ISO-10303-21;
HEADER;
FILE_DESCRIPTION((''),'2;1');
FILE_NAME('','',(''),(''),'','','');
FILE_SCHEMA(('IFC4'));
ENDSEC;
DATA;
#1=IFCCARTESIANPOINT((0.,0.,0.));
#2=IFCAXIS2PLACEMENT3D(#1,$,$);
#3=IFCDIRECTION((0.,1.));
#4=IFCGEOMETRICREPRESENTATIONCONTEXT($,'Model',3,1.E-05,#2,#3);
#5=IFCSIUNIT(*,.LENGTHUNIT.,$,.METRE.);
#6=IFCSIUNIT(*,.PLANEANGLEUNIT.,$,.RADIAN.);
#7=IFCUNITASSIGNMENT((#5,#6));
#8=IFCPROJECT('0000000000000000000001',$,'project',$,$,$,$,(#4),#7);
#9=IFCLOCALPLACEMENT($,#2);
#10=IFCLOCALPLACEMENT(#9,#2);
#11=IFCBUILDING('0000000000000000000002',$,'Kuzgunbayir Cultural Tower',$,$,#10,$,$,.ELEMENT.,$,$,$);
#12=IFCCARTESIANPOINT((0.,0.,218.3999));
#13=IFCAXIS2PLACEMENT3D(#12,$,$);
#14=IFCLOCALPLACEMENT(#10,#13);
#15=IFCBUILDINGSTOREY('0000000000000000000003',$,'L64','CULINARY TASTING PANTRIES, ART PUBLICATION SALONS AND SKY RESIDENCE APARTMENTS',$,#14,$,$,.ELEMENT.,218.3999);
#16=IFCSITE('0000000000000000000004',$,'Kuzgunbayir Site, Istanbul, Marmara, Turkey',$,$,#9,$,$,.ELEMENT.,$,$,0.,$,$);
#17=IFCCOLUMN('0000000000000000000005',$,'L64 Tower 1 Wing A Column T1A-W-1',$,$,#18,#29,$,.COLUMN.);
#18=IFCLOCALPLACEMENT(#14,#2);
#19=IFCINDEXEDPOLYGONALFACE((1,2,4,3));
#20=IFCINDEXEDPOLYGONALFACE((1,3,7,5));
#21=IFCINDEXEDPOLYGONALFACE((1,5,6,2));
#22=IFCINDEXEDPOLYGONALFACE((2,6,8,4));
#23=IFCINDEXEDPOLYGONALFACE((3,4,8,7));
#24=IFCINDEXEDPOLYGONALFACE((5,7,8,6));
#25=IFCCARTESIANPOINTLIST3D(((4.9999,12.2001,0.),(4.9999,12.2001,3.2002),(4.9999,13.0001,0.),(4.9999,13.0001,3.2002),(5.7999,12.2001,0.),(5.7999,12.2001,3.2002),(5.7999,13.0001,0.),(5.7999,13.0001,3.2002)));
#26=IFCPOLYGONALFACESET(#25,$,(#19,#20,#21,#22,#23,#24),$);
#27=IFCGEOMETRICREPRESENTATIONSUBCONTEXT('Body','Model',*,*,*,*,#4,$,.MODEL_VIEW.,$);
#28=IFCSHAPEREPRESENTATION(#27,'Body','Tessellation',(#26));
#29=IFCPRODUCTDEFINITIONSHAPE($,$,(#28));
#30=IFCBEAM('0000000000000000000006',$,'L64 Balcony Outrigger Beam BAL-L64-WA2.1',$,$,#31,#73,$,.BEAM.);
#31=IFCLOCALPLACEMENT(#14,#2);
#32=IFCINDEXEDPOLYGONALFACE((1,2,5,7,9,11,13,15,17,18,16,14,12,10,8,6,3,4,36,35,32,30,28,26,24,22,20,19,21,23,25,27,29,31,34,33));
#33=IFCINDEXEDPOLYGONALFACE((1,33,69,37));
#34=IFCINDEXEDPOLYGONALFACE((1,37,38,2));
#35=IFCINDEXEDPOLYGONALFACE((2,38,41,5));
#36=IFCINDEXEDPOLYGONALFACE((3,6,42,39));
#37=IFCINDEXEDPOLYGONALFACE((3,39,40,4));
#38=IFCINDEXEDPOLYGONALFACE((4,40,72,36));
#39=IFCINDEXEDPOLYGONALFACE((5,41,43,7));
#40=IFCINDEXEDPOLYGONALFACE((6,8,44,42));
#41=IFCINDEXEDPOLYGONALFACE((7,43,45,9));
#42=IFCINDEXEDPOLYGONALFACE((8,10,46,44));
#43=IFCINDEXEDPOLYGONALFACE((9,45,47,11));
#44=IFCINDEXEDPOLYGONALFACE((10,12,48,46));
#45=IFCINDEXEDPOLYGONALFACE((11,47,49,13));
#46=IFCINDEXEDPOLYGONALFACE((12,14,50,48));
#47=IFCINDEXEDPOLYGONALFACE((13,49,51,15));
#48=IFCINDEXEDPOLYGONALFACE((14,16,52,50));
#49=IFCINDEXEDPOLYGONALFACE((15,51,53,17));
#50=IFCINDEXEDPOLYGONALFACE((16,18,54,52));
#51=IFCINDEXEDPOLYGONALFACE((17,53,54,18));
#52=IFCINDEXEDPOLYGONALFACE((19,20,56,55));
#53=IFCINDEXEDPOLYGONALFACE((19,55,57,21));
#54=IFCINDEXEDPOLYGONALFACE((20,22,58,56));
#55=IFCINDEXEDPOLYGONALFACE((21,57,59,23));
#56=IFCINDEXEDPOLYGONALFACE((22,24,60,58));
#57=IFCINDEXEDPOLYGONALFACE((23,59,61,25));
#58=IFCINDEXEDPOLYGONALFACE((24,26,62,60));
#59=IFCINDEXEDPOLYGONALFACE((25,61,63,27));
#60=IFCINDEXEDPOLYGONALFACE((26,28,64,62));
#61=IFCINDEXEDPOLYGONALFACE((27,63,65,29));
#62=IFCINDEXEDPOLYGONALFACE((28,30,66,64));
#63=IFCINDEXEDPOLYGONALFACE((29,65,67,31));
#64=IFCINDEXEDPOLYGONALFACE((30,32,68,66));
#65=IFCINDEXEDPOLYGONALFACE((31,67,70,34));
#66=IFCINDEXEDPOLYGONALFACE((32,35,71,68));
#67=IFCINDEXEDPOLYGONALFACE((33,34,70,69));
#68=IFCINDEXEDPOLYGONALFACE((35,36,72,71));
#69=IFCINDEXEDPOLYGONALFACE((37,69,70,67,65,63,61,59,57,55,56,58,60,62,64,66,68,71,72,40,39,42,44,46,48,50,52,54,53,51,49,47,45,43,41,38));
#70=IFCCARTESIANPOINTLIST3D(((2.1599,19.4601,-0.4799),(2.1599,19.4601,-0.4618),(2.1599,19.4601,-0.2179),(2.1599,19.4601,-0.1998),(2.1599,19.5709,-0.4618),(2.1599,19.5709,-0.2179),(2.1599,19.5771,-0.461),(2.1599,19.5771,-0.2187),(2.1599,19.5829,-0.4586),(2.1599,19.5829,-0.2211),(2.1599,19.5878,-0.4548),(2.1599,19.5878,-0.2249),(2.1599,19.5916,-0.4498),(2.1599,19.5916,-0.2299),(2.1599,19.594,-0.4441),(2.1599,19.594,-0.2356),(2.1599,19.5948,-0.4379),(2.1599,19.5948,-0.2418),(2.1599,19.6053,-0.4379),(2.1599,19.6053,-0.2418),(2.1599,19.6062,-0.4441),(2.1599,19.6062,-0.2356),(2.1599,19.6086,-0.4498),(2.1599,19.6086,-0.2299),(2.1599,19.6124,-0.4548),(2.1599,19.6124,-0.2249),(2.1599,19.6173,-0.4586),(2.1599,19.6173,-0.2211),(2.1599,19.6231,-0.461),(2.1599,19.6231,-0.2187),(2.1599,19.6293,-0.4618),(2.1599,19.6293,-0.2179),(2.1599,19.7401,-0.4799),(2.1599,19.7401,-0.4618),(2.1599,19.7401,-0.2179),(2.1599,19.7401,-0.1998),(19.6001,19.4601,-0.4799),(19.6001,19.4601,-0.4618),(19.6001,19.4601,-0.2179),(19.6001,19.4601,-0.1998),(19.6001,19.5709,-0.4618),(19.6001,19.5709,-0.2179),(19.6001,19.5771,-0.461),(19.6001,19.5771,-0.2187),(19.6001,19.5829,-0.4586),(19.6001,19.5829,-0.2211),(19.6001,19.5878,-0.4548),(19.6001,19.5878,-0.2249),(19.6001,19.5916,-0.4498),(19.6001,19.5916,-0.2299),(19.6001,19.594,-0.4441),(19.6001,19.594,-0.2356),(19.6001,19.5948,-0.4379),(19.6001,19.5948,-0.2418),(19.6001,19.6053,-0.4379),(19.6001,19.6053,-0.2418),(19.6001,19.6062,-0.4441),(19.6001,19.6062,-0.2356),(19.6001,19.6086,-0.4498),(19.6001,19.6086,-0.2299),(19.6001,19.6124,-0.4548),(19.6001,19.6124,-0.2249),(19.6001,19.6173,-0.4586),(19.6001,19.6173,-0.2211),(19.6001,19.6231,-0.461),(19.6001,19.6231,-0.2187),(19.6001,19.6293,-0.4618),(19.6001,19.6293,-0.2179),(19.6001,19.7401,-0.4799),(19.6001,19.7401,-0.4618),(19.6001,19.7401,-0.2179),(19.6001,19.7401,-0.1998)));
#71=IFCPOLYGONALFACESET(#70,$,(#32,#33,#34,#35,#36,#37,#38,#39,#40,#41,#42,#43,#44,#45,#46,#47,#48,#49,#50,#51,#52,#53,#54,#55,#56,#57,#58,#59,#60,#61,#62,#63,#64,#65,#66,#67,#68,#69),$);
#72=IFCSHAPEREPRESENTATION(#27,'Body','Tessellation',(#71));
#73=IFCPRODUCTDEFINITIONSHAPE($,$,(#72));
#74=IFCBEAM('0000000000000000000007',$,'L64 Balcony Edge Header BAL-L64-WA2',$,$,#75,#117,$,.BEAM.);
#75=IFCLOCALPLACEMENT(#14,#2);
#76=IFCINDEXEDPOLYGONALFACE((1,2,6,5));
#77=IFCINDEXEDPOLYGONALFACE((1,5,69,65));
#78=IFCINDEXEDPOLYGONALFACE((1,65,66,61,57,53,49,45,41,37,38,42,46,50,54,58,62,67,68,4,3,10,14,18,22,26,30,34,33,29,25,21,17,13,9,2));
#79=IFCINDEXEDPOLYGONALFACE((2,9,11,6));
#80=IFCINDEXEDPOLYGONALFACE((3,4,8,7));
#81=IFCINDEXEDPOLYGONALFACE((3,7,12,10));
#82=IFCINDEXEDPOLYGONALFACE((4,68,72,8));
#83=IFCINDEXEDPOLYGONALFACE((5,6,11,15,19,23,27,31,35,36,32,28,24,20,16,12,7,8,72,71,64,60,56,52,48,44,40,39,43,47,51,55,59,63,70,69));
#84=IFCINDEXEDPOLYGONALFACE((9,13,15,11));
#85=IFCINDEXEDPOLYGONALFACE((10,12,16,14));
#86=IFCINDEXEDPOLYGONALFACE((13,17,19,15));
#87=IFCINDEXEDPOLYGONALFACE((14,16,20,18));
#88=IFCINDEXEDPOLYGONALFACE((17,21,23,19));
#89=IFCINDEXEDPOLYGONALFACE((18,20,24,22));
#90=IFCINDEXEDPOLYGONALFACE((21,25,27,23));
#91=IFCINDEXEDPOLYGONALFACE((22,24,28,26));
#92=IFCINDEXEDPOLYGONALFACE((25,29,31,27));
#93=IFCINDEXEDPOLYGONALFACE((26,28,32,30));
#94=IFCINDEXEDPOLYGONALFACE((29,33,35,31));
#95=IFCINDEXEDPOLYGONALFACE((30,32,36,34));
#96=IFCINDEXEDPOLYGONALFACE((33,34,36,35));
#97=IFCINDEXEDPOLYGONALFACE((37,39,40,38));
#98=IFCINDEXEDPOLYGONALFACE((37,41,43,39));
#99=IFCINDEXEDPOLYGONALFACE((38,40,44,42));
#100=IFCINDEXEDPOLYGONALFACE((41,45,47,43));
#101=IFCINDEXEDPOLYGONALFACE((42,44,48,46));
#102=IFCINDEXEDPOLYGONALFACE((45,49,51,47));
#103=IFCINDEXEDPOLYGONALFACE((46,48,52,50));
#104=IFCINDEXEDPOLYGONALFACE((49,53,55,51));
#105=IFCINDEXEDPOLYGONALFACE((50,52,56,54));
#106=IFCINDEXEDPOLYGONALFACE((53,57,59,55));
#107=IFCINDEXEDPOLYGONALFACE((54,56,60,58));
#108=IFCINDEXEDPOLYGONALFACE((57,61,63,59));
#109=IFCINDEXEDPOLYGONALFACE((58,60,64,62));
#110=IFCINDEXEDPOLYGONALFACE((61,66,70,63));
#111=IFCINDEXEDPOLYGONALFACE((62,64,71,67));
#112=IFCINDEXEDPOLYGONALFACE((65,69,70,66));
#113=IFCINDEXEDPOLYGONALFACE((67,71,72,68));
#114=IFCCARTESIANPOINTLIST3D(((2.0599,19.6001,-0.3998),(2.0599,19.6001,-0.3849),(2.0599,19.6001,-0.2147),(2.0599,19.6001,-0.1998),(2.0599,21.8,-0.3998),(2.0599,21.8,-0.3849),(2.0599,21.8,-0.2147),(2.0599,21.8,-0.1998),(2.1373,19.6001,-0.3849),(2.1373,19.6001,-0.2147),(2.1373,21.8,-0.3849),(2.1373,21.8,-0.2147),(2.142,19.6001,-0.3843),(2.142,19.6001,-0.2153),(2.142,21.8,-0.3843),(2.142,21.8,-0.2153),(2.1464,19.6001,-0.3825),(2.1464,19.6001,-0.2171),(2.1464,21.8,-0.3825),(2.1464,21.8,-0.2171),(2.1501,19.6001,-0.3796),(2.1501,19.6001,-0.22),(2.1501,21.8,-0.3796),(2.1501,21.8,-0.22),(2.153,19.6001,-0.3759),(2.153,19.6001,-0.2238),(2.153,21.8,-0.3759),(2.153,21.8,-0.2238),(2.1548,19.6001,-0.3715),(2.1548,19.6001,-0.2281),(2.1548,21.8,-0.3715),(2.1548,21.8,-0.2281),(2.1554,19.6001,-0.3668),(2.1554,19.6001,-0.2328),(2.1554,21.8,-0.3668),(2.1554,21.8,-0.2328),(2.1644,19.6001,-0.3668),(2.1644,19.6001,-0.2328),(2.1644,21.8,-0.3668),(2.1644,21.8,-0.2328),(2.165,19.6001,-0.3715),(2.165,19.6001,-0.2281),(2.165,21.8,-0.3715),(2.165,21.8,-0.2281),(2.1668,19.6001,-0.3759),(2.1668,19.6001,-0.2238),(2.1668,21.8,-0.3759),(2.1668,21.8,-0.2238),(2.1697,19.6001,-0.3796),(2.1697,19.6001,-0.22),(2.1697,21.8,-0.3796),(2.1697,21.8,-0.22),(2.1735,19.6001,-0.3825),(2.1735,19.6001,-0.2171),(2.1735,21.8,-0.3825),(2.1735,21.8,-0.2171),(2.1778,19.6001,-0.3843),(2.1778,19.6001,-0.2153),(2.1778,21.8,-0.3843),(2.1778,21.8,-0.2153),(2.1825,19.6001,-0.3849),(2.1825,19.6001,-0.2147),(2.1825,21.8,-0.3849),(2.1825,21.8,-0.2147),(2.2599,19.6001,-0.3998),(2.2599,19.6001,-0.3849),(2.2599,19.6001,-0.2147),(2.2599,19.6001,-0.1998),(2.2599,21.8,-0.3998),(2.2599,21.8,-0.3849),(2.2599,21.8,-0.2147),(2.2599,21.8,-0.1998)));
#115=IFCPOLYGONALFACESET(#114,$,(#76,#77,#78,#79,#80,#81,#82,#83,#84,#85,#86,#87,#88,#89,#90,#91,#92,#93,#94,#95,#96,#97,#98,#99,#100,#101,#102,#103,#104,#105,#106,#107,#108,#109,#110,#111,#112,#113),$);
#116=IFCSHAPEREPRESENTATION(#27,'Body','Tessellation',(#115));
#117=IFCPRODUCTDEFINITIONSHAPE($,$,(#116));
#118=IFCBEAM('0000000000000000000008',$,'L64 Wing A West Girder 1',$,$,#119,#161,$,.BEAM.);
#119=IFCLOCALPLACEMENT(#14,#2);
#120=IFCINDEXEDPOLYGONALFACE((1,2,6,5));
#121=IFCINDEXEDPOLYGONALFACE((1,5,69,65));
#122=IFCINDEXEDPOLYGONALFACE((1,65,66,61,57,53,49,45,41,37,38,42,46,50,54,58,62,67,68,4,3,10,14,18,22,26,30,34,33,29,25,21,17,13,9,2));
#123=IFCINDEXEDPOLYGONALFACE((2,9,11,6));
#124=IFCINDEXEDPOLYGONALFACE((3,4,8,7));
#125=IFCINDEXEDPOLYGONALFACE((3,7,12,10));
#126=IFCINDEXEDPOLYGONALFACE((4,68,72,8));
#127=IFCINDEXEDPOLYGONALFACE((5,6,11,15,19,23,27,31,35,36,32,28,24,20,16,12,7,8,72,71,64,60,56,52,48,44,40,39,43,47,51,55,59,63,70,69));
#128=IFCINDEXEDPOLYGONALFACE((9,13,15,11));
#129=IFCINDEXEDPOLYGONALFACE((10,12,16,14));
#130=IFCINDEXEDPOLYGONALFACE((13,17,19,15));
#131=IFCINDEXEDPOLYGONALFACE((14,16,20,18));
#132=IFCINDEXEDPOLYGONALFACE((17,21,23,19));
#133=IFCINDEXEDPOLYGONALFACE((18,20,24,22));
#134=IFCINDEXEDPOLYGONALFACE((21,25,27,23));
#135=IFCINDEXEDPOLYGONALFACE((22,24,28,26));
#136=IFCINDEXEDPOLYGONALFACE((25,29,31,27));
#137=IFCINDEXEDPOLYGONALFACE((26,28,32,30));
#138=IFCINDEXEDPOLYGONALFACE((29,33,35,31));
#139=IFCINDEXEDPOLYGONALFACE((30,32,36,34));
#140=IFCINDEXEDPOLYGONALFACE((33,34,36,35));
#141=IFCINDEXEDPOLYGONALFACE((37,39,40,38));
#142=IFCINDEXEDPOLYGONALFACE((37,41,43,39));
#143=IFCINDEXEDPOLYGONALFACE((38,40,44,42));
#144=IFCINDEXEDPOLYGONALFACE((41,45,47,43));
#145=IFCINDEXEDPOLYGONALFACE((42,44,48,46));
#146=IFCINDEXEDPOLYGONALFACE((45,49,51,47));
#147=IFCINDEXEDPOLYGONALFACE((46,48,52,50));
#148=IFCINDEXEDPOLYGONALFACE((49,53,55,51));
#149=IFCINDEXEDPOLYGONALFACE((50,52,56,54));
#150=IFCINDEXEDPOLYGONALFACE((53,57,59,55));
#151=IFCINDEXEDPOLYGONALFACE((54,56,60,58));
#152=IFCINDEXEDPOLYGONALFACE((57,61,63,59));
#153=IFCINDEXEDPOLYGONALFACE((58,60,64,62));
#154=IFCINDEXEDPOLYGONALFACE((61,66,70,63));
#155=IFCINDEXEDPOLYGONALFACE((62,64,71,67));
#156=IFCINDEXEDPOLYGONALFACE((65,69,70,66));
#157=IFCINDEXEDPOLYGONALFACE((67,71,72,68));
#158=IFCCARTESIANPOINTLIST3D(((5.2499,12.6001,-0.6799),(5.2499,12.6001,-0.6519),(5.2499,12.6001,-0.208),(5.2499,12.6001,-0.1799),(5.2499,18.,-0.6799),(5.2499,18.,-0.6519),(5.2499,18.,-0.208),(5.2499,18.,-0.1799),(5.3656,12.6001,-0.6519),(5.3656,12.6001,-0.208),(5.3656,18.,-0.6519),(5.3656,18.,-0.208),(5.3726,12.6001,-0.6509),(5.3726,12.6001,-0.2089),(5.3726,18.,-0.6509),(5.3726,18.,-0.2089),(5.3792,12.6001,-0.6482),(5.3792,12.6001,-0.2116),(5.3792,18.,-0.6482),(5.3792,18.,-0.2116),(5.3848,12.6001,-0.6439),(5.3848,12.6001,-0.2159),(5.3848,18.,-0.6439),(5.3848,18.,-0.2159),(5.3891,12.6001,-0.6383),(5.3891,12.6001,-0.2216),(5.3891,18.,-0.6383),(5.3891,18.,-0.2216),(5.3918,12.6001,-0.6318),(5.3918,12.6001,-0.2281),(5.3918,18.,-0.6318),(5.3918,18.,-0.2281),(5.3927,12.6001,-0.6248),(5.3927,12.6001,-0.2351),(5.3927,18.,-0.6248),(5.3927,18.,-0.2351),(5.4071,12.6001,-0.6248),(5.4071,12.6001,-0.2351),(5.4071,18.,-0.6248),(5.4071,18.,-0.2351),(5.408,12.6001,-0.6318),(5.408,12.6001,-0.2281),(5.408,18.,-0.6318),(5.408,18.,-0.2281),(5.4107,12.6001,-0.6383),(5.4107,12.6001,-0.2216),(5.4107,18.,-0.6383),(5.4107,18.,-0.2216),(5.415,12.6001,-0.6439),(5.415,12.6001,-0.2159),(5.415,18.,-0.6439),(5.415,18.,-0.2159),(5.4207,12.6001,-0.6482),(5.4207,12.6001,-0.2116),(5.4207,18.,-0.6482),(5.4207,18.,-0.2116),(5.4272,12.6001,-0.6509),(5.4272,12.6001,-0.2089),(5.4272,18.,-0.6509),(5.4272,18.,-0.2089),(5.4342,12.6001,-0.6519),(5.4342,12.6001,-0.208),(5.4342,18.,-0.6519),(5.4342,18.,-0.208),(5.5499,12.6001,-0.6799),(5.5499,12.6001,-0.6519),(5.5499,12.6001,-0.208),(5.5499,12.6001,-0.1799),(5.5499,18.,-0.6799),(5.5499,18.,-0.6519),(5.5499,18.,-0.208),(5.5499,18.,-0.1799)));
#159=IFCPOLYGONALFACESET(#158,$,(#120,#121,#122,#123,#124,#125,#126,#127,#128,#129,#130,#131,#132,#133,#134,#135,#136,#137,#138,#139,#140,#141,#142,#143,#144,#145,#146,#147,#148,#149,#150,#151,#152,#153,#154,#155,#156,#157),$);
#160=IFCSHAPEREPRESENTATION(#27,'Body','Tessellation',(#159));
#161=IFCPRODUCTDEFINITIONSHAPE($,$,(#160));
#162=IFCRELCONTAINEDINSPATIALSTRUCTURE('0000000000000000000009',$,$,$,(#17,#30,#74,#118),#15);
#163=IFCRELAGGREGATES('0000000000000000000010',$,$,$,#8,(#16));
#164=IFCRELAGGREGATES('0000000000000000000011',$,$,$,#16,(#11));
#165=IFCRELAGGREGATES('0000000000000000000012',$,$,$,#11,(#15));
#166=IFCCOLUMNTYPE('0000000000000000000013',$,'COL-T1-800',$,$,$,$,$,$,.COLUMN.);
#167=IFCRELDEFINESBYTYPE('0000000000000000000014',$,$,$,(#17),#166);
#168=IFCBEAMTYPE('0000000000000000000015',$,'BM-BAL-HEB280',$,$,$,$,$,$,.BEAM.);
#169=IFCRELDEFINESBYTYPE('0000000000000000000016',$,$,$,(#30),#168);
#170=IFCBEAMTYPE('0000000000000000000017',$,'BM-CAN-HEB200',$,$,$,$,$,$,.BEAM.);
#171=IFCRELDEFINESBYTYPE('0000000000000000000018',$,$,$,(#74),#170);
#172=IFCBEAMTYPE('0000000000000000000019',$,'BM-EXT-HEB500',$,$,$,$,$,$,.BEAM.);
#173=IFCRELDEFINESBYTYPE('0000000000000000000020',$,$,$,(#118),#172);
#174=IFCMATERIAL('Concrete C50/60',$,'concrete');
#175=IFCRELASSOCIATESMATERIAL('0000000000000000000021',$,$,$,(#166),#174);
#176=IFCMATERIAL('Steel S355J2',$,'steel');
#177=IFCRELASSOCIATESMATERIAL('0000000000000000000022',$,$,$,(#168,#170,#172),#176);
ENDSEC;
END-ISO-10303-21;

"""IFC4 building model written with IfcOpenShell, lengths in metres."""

from ifc_helpers import new_model, si_unit, direction, frame, origin, origin_2d, place, context, subcontext, project, spatial, rectangle, i_section, extrude, material, material_profile, profile_set, type_object, element, save


model = new_model("IFC4")

# Units and contexts
model_context = context("Model", 3, precision=1e-05, world=origin(), true_north=direction((0.0, 1.0)))
body_context = subcontext(model_context, "Body", "Model", "MODEL_VIEW")
ifc_project = project(units=[si_unit("LENGTHUNIT", "METRE"), si_unit("PLANEANGLEUNIT", "RADIAN")], contexts=[model_context])

# Site, building, storey
site_placement = place(None, origin())
site = spatial("IfcSite", under=ifc_project, at=site_placement, Name="Kuzgunbayir Site, Istanbul, Marmara, Turkey", CompositionType="ELEMENT", RefElevation=0.0)
building_placement = place(site_placement, origin())
building = spatial("IfcBuilding", under=site, at=building_placement, Name="Kuzgunbayir Cultural Tower", CompositionType="ELEMENT")
storey_placement = place(building_placement, frame((0.0, 0.0, 218.3999)))
storey = spatial("IfcBuildingStorey", under=building, at=storey_placement, Name="L64", Description="CULINARY TASTING PANTRIES, ART PUBLICATION SALONS AND SKY RESIDENCE APARTMENTS", CompositionType="ELEMENT", Elevation=218.3999)

# Column
ifc_material_1 = material(Name="Concrete C50/60", Category="concrete")
ifc_material_profile_1 = material_profile(ifc_material_1, rectangle(XDim=0.8, YDim=0.8, at=origin_2d()), Name="RC 800x800")
ifc_profile_set_1 = profile_set([ifc_material_profile_1], Name="Concrete C50/60")
column_type = type_object("IfcColumnType", Name="COL-T1-800", PredefinedType="COLUMN", material=ifc_profile_set_1)
column_placement = place(storey_placement, frame((5.3999, 12.6001, 0.0), z_axis=(0.0, 0.0, 1.0), x_axis=(1.0, 0.0, 0.0)))
element("IfcColumn", 1, at=column_placement, inside=storey, type_object=column_type, Name="L64 Tower 1 Wing A Column T1A-W-1", PredefinedType="COLUMN", context=body_context, shape_type="SweptSolid", body=[
    extrude(rectangle(XDim=0.8, YDim=0.8, at=origin_2d()), origin(), (0.0, 0.0, 1.0), 3.2002),
])

# Beams
ifc_material_2 = material(Name="Steel S355J2", Category="steel")
ifc_material_profile_2 = material_profile(ifc_material_2, i_section(OverallWidth=0.28, OverallDepth=0.28, WebThickness=0.0105, FlangeThickness=0.0181, FilletRadius=0.0239, at=origin_2d()), Name="HEB 280")
ifc_profile_set_2 = profile_set([ifc_material_profile_2], Name="Steel S355J2")
beam_type_1 = type_object("IfcBeamType", Name="BM-BAL-HEB280", PredefinedType="BEAM", material=ifc_profile_set_2)
beam_1_placement = place(storey_placement, frame((2.1599, 19.6001, -0.3398), z_axis=(1.0, 0.0, 0.0), x_axis=(0.0, 1.0, 0.0)))
element("IfcBeam", 2, at=beam_1_placement, inside=storey, type_object=beam_type_1, Name="L64 Balcony Outrigger Beam BAL-L64-WA2.1", PredefinedType="BEAM", context=body_context, shape_type="SweptSolid", body=[
    extrude(i_section(OverallWidth=0.28, OverallDepth=0.28, WebThickness=0.0105, FlangeThickness=0.0181, FilletRadius=0.0239, at=origin_2d()), origin(), (0.0, 0.0, 1.0), 17.4402),
])
ifc_material_profile_3 = material_profile(ifc_material_2, i_section(OverallWidth=0.2, OverallDepth=0.2, WebThickness=0.009, FlangeThickness=0.0149, FilletRadius=0.0181, at=origin_2d()), Name="HEB 200")
ifc_profile_set_3 = profile_set([ifc_material_profile_3], Name="Steel S355J2")
beam_type_2 = type_object("IfcBeamType", Name="BM-CAN-HEB200", PredefinedType="BEAM", material=ifc_profile_set_3)
beam_2_placement = place(storey_placement, frame((2.1599, 19.6001, -0.2998), z_axis=(0.0, 1.0, 0.0), x_axis=(-1.0, 0.0, 0.0)))
element("IfcBeam", 3, at=beam_2_placement, inside=storey, type_object=beam_type_2, Name="L64 Balcony Edge Header BAL-L64-WA2", PredefinedType="BEAM", context=body_context, shape_type="SweptSolid", body=[
    extrude(i_section(OverallWidth=0.2, OverallDepth=0.2, WebThickness=0.009, FlangeThickness=0.0149, FilletRadius=0.0181, at=origin_2d()), origin(), (0.0, 0.0, 1.0), 2.2),
])
ifc_material_profile_4 = material_profile(ifc_material_2, i_section(OverallWidth=0.3, OverallDepth=0.5, WebThickness=0.0144, FlangeThickness=0.0281, FilletRadius=0.0271, at=origin_2d()), Name="HEB 500")
ifc_profile_set_4 = profile_set([ifc_material_profile_4], Name="Steel S355J2")
beam_type_3 = type_object("IfcBeamType", Name="BM-EXT-HEB500", PredefinedType="BEAM", material=ifc_profile_set_4)
beam_3_placement = place(storey_placement, frame((5.3999, 12.6001, -0.4299), z_axis=(0.0, 1.0, 0.0), x_axis=(-1.0, 0.0, 0.0)))
element("IfcBeam", 4, at=beam_3_placement, inside=storey, type_object=beam_type_3, Name="L64 Wing A West Girder 1", PredefinedType="BEAM", context=body_context, shape_type="SweptSolid", body=[
    extrude(i_section(OverallWidth=0.3, OverallDepth=0.5, WebThickness=0.0144, FlangeThickness=0.0281, FilletRadius=0.0271, at=origin_2d()), origin(), (0.0, 0.0, 1.0), 5.3999),
])

save(model, "model.ifc")
